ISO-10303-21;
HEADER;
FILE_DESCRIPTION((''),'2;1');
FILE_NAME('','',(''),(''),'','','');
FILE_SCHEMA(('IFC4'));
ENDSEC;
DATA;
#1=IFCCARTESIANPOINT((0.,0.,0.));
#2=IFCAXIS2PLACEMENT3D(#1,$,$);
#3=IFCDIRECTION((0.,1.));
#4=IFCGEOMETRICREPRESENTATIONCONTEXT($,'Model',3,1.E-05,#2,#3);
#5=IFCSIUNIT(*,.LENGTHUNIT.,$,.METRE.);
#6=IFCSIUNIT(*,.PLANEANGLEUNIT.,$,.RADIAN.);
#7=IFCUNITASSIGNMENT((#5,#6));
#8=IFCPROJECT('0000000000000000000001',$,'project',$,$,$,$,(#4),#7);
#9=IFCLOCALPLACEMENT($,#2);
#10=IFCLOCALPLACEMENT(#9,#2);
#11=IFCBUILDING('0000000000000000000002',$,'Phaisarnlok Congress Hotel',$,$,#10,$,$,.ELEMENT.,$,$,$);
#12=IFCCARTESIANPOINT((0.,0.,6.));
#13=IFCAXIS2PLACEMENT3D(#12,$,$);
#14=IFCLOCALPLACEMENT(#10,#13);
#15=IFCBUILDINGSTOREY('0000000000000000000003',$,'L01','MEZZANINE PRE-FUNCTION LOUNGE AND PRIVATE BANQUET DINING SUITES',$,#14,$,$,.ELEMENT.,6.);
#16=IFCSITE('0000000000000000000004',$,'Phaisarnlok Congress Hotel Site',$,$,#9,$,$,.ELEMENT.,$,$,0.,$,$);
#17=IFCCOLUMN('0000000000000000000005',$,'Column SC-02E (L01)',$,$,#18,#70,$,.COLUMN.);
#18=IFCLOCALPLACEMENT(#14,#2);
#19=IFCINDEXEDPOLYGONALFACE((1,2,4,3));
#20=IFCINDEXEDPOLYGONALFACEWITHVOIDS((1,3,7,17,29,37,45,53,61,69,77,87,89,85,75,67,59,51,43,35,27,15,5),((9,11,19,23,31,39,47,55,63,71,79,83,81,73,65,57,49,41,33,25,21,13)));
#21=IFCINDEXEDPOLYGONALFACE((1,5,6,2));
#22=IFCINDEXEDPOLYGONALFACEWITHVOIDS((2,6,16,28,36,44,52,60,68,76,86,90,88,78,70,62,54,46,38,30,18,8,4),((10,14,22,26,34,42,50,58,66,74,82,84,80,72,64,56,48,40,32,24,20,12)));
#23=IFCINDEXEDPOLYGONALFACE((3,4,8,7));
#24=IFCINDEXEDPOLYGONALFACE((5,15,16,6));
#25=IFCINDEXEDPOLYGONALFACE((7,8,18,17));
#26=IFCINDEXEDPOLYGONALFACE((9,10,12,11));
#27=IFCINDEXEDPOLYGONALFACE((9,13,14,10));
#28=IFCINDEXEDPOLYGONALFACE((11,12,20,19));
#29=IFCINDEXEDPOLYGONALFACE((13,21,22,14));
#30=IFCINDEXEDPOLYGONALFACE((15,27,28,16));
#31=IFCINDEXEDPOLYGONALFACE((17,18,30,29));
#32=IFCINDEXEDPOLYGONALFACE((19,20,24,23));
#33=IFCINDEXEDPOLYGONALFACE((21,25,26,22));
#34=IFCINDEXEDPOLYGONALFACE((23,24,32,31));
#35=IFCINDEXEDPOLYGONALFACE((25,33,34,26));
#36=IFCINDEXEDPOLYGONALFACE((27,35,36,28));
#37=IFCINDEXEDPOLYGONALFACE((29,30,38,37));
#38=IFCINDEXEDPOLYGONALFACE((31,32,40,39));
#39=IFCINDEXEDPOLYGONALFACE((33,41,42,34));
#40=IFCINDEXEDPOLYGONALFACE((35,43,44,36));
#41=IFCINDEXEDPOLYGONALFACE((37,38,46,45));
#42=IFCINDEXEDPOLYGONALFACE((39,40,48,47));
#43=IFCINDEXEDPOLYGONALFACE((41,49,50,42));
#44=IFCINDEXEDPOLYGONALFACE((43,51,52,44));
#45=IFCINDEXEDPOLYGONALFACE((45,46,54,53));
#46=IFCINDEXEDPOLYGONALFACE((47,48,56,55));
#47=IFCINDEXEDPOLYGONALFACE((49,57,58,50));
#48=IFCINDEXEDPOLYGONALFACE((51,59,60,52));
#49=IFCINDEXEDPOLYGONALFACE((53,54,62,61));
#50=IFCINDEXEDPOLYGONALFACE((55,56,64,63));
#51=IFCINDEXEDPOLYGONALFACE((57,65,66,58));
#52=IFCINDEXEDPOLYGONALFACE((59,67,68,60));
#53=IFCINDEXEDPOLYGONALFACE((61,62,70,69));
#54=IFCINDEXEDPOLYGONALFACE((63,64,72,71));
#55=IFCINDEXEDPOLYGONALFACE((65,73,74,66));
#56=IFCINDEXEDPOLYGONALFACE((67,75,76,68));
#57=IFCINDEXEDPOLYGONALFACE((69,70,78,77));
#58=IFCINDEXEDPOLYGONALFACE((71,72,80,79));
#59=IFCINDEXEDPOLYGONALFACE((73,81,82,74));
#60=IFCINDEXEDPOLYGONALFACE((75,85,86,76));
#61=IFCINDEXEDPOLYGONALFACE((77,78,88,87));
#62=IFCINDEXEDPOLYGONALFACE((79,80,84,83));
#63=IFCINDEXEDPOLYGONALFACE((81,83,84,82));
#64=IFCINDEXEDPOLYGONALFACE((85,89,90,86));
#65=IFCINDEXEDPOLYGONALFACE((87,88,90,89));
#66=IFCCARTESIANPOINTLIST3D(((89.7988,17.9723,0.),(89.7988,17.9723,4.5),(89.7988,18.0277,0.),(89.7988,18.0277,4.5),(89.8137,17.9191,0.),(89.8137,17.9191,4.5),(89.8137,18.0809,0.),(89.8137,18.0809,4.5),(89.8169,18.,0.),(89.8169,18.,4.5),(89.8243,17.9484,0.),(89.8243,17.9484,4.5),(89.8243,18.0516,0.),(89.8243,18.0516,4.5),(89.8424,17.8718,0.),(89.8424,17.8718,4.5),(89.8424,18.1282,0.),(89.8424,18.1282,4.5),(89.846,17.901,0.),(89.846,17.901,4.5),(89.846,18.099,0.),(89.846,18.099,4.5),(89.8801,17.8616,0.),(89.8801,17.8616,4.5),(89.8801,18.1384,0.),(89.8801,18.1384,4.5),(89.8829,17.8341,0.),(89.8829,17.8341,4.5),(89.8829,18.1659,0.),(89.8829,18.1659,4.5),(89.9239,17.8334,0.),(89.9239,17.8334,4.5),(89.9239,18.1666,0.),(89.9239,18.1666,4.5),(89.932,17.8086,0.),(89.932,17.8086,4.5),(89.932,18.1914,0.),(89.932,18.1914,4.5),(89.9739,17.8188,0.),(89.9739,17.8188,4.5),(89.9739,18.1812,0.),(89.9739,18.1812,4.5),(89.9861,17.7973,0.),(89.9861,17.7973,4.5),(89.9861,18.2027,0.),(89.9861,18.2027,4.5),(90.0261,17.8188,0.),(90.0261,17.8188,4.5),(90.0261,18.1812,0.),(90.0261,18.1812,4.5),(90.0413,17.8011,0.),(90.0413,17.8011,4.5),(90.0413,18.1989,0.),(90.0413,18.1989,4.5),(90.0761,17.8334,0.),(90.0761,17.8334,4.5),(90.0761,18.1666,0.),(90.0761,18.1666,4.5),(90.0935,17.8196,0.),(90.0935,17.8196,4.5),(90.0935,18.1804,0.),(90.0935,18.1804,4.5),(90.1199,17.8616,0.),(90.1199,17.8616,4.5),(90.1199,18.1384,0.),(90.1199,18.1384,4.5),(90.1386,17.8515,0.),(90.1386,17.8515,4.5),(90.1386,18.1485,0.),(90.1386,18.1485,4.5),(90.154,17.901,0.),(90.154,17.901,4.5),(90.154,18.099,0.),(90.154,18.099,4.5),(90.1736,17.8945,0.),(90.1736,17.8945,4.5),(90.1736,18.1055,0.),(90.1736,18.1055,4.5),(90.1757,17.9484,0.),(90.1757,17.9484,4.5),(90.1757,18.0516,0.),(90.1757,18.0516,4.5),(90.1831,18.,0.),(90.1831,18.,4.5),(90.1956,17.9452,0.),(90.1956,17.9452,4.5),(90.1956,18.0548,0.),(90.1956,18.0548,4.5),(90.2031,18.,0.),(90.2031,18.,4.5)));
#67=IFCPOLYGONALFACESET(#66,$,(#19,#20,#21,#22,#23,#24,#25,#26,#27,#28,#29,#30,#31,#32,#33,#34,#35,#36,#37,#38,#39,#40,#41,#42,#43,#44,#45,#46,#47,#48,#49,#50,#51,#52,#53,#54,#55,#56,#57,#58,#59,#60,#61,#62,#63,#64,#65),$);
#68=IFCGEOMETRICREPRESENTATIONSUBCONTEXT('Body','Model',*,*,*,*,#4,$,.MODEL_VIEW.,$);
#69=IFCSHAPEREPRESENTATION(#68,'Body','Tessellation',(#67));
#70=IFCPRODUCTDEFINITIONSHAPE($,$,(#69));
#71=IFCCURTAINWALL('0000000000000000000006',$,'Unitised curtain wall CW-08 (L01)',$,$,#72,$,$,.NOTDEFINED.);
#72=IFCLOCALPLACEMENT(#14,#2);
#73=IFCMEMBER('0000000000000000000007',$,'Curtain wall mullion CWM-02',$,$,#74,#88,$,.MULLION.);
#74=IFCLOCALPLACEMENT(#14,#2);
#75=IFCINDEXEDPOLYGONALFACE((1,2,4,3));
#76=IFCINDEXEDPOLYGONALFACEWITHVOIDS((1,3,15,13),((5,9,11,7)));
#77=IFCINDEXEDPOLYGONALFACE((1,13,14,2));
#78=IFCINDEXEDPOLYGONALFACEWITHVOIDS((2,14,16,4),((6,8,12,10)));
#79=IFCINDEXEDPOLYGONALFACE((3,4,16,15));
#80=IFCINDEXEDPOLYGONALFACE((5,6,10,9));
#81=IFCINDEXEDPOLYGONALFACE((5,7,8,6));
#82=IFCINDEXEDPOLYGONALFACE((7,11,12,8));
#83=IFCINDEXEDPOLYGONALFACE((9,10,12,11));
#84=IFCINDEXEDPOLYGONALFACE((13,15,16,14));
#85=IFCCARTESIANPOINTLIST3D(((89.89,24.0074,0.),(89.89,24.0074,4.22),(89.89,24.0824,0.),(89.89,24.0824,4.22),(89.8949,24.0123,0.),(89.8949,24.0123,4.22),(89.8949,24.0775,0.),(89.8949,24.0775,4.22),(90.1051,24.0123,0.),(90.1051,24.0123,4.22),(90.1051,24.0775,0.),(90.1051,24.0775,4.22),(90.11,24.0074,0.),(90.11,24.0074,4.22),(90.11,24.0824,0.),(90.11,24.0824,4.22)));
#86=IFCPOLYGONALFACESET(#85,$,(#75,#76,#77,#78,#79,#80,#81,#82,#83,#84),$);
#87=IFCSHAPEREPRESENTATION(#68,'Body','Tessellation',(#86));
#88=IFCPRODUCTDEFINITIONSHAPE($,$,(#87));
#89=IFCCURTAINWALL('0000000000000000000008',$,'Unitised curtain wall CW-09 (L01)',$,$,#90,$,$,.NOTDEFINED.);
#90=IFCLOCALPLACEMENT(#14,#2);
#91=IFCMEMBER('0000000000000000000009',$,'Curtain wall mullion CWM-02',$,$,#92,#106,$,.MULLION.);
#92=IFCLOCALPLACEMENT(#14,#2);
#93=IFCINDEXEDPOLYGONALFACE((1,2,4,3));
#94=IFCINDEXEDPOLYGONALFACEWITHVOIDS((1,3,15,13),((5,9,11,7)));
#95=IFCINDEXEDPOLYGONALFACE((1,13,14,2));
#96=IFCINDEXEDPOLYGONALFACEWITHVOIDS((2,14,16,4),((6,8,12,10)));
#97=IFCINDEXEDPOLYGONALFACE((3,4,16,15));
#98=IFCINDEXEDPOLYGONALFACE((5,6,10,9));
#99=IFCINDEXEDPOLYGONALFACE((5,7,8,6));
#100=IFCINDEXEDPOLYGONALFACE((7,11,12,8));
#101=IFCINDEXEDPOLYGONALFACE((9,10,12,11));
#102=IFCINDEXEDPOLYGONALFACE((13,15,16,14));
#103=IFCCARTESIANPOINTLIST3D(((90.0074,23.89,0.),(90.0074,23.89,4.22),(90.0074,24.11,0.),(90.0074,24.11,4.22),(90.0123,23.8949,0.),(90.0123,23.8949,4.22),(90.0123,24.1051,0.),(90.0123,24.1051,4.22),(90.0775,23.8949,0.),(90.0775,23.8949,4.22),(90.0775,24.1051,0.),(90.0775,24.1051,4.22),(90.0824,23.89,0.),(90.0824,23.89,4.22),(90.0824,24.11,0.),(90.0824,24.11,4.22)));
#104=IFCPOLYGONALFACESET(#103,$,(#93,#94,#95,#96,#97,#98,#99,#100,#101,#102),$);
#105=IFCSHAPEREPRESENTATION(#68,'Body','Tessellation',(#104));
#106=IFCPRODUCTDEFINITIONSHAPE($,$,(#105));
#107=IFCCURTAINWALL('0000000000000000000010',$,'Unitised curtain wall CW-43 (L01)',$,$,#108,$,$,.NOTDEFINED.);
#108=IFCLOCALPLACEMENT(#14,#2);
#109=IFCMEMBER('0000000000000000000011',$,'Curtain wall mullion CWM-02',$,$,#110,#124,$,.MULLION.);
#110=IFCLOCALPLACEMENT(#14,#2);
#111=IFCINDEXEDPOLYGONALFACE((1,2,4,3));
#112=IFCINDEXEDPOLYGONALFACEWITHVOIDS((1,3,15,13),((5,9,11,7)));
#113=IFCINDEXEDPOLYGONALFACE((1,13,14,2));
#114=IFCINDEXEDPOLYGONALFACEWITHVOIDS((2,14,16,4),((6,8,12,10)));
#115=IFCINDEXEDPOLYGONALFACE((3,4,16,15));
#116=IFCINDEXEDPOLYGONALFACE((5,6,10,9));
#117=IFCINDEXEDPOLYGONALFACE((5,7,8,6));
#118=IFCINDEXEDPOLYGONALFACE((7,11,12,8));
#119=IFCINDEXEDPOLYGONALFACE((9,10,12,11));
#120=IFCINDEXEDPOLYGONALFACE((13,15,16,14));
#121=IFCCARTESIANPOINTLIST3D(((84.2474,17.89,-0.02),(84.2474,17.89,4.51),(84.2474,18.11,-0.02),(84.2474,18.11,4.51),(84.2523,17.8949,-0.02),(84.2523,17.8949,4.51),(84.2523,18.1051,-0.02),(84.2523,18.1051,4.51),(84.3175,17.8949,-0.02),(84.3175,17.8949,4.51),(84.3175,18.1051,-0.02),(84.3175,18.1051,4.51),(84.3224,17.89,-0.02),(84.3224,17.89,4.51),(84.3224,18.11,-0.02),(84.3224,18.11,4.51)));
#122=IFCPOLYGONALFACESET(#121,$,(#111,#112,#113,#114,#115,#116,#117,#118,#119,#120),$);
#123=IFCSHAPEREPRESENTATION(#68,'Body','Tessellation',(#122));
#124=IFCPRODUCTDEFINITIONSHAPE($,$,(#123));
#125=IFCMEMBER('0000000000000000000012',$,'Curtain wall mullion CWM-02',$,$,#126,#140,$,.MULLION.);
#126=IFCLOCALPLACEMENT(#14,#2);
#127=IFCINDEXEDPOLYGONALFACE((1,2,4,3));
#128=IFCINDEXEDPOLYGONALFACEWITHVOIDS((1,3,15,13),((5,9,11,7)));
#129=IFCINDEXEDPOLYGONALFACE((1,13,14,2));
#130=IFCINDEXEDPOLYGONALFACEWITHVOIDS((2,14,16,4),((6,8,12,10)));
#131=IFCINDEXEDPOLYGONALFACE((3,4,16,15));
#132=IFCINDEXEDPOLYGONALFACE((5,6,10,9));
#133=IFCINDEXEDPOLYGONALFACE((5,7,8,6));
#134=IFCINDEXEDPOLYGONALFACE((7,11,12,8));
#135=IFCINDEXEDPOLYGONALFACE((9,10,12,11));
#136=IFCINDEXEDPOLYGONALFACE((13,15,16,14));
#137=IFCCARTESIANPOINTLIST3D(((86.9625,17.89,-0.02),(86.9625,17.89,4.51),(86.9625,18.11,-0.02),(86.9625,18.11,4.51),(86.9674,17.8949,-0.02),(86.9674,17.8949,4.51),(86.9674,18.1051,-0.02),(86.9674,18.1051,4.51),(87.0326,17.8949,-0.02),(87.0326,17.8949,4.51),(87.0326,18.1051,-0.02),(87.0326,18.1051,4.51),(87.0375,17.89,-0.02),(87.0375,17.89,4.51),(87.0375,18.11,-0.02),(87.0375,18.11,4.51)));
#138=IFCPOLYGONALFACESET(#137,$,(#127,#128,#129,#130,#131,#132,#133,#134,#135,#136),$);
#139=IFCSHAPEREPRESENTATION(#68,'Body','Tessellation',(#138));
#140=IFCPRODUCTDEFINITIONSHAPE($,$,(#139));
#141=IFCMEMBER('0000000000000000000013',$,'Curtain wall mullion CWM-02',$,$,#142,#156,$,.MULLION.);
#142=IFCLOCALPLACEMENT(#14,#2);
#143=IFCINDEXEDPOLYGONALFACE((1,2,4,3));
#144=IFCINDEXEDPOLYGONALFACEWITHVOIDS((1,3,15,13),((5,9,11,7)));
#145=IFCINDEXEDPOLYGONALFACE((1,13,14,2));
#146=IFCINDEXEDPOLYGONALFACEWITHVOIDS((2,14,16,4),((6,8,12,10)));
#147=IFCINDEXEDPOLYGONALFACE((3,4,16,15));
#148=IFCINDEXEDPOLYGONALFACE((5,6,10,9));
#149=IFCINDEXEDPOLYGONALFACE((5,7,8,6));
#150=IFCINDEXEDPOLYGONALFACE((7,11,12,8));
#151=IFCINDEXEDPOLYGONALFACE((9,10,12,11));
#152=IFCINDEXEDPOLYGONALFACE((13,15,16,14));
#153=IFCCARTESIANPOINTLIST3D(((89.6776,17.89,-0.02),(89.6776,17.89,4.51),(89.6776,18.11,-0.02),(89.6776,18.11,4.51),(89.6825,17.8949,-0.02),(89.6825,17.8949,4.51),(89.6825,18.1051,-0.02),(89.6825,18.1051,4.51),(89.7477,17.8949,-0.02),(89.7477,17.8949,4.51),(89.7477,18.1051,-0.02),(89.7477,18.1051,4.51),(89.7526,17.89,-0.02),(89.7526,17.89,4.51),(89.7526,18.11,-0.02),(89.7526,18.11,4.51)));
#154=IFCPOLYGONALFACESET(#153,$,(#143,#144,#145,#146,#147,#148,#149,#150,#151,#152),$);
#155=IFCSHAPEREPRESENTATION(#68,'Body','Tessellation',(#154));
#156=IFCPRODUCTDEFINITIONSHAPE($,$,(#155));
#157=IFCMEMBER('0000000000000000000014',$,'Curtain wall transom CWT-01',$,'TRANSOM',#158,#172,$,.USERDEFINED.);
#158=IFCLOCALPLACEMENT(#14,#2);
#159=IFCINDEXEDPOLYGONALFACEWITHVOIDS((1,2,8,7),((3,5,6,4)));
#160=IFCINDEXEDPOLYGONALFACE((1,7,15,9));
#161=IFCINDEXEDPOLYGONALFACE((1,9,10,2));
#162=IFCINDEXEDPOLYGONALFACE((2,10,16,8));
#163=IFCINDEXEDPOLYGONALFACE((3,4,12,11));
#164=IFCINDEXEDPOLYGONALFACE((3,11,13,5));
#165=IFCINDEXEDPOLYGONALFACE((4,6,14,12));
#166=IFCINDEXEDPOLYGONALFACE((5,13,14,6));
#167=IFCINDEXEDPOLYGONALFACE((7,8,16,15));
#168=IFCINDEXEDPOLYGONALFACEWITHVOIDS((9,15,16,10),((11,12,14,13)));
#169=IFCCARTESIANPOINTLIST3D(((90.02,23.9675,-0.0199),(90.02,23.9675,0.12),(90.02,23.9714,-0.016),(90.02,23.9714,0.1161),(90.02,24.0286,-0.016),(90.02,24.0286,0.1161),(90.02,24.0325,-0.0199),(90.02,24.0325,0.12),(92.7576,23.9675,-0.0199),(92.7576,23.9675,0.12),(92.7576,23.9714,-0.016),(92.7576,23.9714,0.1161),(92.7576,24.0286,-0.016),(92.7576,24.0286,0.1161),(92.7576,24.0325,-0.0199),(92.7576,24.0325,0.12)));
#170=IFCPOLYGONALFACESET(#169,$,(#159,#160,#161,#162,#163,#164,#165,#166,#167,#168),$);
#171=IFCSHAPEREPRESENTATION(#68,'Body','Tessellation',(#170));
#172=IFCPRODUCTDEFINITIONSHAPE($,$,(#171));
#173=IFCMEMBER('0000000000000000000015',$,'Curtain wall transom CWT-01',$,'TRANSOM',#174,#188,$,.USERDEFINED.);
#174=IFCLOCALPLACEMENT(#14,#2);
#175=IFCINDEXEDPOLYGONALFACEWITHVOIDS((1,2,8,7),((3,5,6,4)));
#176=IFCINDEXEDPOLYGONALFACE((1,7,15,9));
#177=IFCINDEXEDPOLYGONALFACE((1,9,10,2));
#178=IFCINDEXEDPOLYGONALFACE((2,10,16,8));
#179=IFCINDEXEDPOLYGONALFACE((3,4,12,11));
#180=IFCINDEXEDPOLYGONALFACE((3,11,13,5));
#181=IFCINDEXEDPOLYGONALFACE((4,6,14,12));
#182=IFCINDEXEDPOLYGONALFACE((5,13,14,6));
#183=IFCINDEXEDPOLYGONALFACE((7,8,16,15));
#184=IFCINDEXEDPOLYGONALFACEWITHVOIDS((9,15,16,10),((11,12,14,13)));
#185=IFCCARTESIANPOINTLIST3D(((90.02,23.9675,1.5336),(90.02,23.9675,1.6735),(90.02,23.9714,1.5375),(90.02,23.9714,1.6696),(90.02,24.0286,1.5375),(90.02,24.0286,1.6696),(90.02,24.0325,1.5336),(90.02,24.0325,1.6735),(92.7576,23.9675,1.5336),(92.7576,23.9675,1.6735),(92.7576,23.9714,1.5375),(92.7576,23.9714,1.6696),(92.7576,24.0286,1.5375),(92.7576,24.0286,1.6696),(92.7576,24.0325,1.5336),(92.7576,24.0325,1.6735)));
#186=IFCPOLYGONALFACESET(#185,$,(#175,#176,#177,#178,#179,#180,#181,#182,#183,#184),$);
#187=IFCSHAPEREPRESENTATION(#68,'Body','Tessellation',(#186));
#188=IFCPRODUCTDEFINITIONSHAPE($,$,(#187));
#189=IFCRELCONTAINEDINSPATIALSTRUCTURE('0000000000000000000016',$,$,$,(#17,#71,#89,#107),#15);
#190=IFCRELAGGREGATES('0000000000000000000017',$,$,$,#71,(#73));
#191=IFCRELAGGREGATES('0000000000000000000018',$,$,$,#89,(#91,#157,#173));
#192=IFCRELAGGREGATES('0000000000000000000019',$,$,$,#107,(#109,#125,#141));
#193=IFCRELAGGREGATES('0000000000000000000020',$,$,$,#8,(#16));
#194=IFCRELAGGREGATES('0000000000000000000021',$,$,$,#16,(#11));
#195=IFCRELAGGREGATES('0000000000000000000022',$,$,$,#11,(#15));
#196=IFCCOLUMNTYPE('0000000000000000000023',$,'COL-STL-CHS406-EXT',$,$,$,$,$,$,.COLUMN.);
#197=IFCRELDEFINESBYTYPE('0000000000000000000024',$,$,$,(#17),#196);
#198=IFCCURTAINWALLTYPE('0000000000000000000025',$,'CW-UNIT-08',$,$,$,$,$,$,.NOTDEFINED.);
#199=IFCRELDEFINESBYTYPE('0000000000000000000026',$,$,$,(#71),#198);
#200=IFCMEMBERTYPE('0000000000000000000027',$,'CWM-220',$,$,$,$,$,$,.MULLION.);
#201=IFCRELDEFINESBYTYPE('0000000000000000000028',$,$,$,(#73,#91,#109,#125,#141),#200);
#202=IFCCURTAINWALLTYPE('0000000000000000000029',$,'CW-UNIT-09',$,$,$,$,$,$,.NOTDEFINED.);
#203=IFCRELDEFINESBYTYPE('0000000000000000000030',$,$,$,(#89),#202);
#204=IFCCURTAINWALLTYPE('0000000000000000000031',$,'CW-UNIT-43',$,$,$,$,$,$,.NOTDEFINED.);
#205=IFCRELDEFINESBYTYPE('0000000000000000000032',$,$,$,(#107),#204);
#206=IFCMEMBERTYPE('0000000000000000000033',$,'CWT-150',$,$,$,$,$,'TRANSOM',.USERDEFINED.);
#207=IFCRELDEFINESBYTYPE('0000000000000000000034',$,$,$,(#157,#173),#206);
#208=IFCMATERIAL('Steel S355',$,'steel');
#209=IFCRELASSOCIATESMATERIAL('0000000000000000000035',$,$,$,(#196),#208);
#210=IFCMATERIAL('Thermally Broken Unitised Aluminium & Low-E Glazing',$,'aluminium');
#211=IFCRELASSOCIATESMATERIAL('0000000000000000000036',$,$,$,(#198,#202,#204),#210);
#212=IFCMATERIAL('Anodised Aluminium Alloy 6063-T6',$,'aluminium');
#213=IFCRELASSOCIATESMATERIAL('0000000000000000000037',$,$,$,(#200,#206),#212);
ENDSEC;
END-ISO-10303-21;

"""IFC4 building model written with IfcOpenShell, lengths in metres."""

from ifc_helpers import new_model, si_unit, direction, frame, origin, origin_2d, place, context, subcontext, project, spatial, hollow_rectangle, hollow_circle, extrude, material, material_profile, profile_set, type_object, element, aggregate, save


model = new_model("IFC4")

# Units and contexts
model_context = context("Model", 3, precision=1e-05, world=origin(), true_north=direction((0.0, 1.0)))
body_context = subcontext(model_context, "Body", "Model", "MODEL_VIEW")
ifc_project = project(units=[si_unit("LENGTHUNIT", "METRE"), si_unit("PLANEANGLEUNIT", "RADIAN")], contexts=[model_context])

# Site, building, storey
site_placement = place(None, origin())
site = spatial("IfcSite", under=ifc_project, at=site_placement, Name="Phaisarnlok Congress Hotel Site", CompositionType="ELEMENT", RefElevation=0.0)
building_placement = place(site_placement, origin())
building = spatial("IfcBuilding", under=site, at=building_placement, Name="Phaisarnlok Congress Hotel", CompositionType="ELEMENT")
storey_placement = place(building_placement, frame((0.0, 0.0, 6.0)))
storey = spatial("IfcBuildingStorey", under=building, at=storey_placement, Name="L01", Description="MEZZANINE PRE-FUNCTION LOUNGE AND PRIVATE BANQUET DINING SUITES", CompositionType="ELEMENT", Elevation=6.0)

# Column
ifc_material_1 = material(Name="Steel S355", Category="steel")
ifc_material_profile_1 = material_profile(ifc_material_1, hollow_circle(Radius=0.2031, WallThickness=0.02, at=origin_2d()), Name="CHS 406.4x20")
ifc_profile_set_1 = profile_set([ifc_material_profile_1], Name="Steel S355")
column_type = type_object("IfcColumnType", Name="COL-STL-CHS406-EXT", PredefinedType="COLUMN", material=ifc_profile_set_1)
column_placement = place(storey_placement, frame((90.0, 18.0, 0.0), z_axis=(0.0, 0.0, 1.0), x_axis=(1.0, 0.0, 0.0)))
element("IfcColumn", 1, at=column_placement, inside=storey, type_object=column_type, Name="Column SC-02E (L01)", PredefinedType="COLUMN", context=body_context, shape_type="SweptSolid", body=[
    extrude(hollow_circle(Radius=0.2031, WallThickness=0.02, at=origin_2d()), origin(), (0.0, 0.0, 1.0), 4.5),
])

# Curtain walls, members
ifc_material_2 = material(Name="Thermally Broken Unitised Aluminium & Low-E Glazing", Category="aluminium")
curtain_wall_type_1 = type_object("IfcCurtainWallType", Name="CW-UNIT-08", PredefinedType="NOTDEFINED", material=ifc_material_2)
curtain_wall_1_placement = place(storey_placement, origin())
curtain_wall_1 = element("IfcCurtainWall", 2, at=curtain_wall_1_placement, inside=storey, type_object=curtain_wall_type_1, Name="Unitised curtain wall CW-08 (L01)", PredefinedType="NOTDEFINED")
ifc_material_3 = material(Name="Anodised Aluminium Alloy 6063-T6", Category="aluminium")
ifc_material_profile_2 = material_profile(ifc_material_3, hollow_rectangle(XDim=0.075, YDim=0.22, WallThickness=0.0049, at=origin_2d()), Name="ALU-M 75x220x5")
ifc_profile_set_2 = profile_set([ifc_material_profile_2], Name="Anodised Aluminium Alloy 6063-T6")
member_type_1 = type_object("IfcMemberType", Name="CWM-220", PredefinedType="MULLION", material=ifc_profile_set_2)
member_1_placement = place(storey_placement, frame((90.0, 24.0449, 0.0), z_axis=(0.0, 0.0, 1.0), x_axis=(0.0, -1.0, 0.0)))
member_1 = element("IfcMember", 3, at=member_1_placement, type_object=member_type_1, Name="Curtain wall mullion CWM-02", PredefinedType="MULLION", context=body_context, shape_type="SweptSolid", body=[
    extrude(hollow_rectangle(XDim=0.075, YDim=0.22, WallThickness=0.0049, at=origin_2d()), origin(), (0.0, 0.0, 1.0), 4.22),
])
aggregate(curtain_wall_1, [member_1])
curtain_wall_type_2 = type_object("IfcCurtainWallType", Name="CW-UNIT-09", PredefinedType="NOTDEFINED", material=ifc_material_2)
curtain_wall_2_placement = place(storey_placement, origin())
curtain_wall_2 = element("IfcCurtainWall", 4, at=curtain_wall_2_placement, inside=storey, type_object=curtain_wall_type_2, Name="Unitised curtain wall CW-09 (L01)", PredefinedType="NOTDEFINED")
member_2_placement = place(storey_placement, frame((90.0449, 24.0, 0.0), z_axis=(0.0, 0.0, 1.0), x_axis=(1.0, 0.0, 0.0)))
member_2 = element("IfcMember", 5, at=member_2_placement, type_object=member_type_1, Name="Curtain wall mullion CWM-02", PredefinedType="MULLION", context=body_context, shape_type="SweptSolid", body=[
    extrude(hollow_rectangle(XDim=0.075, YDim=0.22, WallThickness=0.0049, at=origin_2d()), origin(), (0.0, 0.0, 1.0), 4.22),
])

# Curtain wall, members
curtain_wall_type_3 = type_object("IfcCurtainWallType", Name="CW-UNIT-43", PredefinedType="NOTDEFINED", material=ifc_material_2)
curtain_wall_3_placement = place(storey_placement, origin())
curtain_wall_3 = element("IfcCurtainWall", 6, at=curtain_wall_3_placement, inside=storey, type_object=curtain_wall_type_3, Name="Unitised curtain wall CW-43 (L01)", PredefinedType="NOTDEFINED")
member_3_placement = place(storey_placement, frame((84.2849, 18.0, -0.02), z_axis=(0.0, 0.0, 1.0), x_axis=(1.0, 0.0, 0.0)))
member_3 = element("IfcMember", 7, at=member_3_placement, type_object=member_type_1, Name="Curtain wall mullion CWM-02", PredefinedType="MULLION", context=body_context, shape_type="SweptSolid", body=[
    extrude(hollow_rectangle(XDim=0.075, YDim=0.22, WallThickness=0.0049, at=origin_2d()), origin(), (0.0, 0.0, 1.0), 4.53),
])
member_4_placement = place(storey_placement, frame((87.0, 18.0, -0.02), z_axis=(0.0, 0.0, 1.0), x_axis=(1.0, 0.0, 0.0)))
member_4 = element("IfcMember", 8, at=member_4_placement, type_object=member_type_1, Name="Curtain wall mullion CWM-02", PredefinedType="MULLION", context=body_context, shape_type="SweptSolid", body=[
    extrude(hollow_rectangle(XDim=0.075, YDim=0.22, WallThickness=0.0049, at=origin_2d()), origin(), (0.0, 0.0, 1.0), 4.53),
])
member_5_placement = place(storey_placement, frame((89.7151, 18.0, -0.02), z_axis=(0.0, 0.0, 1.0), x_axis=(1.0, 0.0, 0.0)))
member_5 = element("IfcMember", 9, at=member_5_placement, type_object=member_type_1, Name="Curtain wall mullion CWM-02", PredefinedType="MULLION", context=body_context, shape_type="SweptSolid", body=[
    extrude(hollow_rectangle(XDim=0.075, YDim=0.22, WallThickness=0.0049, at=origin_2d()), origin(), (0.0, 0.0, 1.0), 4.53),
])

# Members
ifc_material_profile_3 = material_profile(ifc_material_3, hollow_rectangle(XDim=0.0649, YDim=0.1399, WallThickness=0.0039, at=origin_2d()), Name="ALU-T 65x140x4")
ifc_profile_set_3 = profile_set([ifc_material_profile_3], Name="Anodised Aluminium Alloy 6063-T6")
member_type_2 = type_object("IfcMemberType", Name="CWT-150", ElementType="TRANSOM", PredefinedType="USERDEFINED", material=ifc_profile_set_3)
member_6_placement = place(storey_placement, frame((90.02, 24.0, 0.05), z_axis=(1.0, 0.0, 0.0), x_axis=(0.0, 1.0, 0.0)))
member_6 = element("IfcMember", 10, at=member_6_placement, type_object=member_type_2, Name="Curtain wall transom CWT-01", ObjectType="TRANSOM", PredefinedType="USERDEFINED", context=body_context, shape_type="SweptSolid", body=[
    extrude(hollow_rectangle(XDim=0.0649, YDim=0.1399, WallThickness=0.0039, at=origin_2d()), origin(), (0.0, 0.0, 1.0), 2.7375),
])
member_7_placement = place(storey_placement, frame((90.02, 24.0, 1.6035), z_axis=(1.0, 0.0, 0.0), x_axis=(0.0, 1.0, 0.0)))
member_7 = element("IfcMember", 11, at=member_7_placement, type_object=member_type_2, Name="Curtain wall transom CWT-01", ObjectType="TRANSOM", PredefinedType="USERDEFINED", context=body_context, shape_type="SweptSolid", body=[
    extrude(hollow_rectangle(XDim=0.0649, YDim=0.1399, WallThickness=0.0039, at=origin_2d()), origin(), (0.0, 0.0, 1.0), 2.7375),
])

aggregate(curtain_wall_2, [member_2, member_6, member_7])
aggregate(curtain_wall_3, [member_3, member_4, member_5])

save(model, "model.ifc")
